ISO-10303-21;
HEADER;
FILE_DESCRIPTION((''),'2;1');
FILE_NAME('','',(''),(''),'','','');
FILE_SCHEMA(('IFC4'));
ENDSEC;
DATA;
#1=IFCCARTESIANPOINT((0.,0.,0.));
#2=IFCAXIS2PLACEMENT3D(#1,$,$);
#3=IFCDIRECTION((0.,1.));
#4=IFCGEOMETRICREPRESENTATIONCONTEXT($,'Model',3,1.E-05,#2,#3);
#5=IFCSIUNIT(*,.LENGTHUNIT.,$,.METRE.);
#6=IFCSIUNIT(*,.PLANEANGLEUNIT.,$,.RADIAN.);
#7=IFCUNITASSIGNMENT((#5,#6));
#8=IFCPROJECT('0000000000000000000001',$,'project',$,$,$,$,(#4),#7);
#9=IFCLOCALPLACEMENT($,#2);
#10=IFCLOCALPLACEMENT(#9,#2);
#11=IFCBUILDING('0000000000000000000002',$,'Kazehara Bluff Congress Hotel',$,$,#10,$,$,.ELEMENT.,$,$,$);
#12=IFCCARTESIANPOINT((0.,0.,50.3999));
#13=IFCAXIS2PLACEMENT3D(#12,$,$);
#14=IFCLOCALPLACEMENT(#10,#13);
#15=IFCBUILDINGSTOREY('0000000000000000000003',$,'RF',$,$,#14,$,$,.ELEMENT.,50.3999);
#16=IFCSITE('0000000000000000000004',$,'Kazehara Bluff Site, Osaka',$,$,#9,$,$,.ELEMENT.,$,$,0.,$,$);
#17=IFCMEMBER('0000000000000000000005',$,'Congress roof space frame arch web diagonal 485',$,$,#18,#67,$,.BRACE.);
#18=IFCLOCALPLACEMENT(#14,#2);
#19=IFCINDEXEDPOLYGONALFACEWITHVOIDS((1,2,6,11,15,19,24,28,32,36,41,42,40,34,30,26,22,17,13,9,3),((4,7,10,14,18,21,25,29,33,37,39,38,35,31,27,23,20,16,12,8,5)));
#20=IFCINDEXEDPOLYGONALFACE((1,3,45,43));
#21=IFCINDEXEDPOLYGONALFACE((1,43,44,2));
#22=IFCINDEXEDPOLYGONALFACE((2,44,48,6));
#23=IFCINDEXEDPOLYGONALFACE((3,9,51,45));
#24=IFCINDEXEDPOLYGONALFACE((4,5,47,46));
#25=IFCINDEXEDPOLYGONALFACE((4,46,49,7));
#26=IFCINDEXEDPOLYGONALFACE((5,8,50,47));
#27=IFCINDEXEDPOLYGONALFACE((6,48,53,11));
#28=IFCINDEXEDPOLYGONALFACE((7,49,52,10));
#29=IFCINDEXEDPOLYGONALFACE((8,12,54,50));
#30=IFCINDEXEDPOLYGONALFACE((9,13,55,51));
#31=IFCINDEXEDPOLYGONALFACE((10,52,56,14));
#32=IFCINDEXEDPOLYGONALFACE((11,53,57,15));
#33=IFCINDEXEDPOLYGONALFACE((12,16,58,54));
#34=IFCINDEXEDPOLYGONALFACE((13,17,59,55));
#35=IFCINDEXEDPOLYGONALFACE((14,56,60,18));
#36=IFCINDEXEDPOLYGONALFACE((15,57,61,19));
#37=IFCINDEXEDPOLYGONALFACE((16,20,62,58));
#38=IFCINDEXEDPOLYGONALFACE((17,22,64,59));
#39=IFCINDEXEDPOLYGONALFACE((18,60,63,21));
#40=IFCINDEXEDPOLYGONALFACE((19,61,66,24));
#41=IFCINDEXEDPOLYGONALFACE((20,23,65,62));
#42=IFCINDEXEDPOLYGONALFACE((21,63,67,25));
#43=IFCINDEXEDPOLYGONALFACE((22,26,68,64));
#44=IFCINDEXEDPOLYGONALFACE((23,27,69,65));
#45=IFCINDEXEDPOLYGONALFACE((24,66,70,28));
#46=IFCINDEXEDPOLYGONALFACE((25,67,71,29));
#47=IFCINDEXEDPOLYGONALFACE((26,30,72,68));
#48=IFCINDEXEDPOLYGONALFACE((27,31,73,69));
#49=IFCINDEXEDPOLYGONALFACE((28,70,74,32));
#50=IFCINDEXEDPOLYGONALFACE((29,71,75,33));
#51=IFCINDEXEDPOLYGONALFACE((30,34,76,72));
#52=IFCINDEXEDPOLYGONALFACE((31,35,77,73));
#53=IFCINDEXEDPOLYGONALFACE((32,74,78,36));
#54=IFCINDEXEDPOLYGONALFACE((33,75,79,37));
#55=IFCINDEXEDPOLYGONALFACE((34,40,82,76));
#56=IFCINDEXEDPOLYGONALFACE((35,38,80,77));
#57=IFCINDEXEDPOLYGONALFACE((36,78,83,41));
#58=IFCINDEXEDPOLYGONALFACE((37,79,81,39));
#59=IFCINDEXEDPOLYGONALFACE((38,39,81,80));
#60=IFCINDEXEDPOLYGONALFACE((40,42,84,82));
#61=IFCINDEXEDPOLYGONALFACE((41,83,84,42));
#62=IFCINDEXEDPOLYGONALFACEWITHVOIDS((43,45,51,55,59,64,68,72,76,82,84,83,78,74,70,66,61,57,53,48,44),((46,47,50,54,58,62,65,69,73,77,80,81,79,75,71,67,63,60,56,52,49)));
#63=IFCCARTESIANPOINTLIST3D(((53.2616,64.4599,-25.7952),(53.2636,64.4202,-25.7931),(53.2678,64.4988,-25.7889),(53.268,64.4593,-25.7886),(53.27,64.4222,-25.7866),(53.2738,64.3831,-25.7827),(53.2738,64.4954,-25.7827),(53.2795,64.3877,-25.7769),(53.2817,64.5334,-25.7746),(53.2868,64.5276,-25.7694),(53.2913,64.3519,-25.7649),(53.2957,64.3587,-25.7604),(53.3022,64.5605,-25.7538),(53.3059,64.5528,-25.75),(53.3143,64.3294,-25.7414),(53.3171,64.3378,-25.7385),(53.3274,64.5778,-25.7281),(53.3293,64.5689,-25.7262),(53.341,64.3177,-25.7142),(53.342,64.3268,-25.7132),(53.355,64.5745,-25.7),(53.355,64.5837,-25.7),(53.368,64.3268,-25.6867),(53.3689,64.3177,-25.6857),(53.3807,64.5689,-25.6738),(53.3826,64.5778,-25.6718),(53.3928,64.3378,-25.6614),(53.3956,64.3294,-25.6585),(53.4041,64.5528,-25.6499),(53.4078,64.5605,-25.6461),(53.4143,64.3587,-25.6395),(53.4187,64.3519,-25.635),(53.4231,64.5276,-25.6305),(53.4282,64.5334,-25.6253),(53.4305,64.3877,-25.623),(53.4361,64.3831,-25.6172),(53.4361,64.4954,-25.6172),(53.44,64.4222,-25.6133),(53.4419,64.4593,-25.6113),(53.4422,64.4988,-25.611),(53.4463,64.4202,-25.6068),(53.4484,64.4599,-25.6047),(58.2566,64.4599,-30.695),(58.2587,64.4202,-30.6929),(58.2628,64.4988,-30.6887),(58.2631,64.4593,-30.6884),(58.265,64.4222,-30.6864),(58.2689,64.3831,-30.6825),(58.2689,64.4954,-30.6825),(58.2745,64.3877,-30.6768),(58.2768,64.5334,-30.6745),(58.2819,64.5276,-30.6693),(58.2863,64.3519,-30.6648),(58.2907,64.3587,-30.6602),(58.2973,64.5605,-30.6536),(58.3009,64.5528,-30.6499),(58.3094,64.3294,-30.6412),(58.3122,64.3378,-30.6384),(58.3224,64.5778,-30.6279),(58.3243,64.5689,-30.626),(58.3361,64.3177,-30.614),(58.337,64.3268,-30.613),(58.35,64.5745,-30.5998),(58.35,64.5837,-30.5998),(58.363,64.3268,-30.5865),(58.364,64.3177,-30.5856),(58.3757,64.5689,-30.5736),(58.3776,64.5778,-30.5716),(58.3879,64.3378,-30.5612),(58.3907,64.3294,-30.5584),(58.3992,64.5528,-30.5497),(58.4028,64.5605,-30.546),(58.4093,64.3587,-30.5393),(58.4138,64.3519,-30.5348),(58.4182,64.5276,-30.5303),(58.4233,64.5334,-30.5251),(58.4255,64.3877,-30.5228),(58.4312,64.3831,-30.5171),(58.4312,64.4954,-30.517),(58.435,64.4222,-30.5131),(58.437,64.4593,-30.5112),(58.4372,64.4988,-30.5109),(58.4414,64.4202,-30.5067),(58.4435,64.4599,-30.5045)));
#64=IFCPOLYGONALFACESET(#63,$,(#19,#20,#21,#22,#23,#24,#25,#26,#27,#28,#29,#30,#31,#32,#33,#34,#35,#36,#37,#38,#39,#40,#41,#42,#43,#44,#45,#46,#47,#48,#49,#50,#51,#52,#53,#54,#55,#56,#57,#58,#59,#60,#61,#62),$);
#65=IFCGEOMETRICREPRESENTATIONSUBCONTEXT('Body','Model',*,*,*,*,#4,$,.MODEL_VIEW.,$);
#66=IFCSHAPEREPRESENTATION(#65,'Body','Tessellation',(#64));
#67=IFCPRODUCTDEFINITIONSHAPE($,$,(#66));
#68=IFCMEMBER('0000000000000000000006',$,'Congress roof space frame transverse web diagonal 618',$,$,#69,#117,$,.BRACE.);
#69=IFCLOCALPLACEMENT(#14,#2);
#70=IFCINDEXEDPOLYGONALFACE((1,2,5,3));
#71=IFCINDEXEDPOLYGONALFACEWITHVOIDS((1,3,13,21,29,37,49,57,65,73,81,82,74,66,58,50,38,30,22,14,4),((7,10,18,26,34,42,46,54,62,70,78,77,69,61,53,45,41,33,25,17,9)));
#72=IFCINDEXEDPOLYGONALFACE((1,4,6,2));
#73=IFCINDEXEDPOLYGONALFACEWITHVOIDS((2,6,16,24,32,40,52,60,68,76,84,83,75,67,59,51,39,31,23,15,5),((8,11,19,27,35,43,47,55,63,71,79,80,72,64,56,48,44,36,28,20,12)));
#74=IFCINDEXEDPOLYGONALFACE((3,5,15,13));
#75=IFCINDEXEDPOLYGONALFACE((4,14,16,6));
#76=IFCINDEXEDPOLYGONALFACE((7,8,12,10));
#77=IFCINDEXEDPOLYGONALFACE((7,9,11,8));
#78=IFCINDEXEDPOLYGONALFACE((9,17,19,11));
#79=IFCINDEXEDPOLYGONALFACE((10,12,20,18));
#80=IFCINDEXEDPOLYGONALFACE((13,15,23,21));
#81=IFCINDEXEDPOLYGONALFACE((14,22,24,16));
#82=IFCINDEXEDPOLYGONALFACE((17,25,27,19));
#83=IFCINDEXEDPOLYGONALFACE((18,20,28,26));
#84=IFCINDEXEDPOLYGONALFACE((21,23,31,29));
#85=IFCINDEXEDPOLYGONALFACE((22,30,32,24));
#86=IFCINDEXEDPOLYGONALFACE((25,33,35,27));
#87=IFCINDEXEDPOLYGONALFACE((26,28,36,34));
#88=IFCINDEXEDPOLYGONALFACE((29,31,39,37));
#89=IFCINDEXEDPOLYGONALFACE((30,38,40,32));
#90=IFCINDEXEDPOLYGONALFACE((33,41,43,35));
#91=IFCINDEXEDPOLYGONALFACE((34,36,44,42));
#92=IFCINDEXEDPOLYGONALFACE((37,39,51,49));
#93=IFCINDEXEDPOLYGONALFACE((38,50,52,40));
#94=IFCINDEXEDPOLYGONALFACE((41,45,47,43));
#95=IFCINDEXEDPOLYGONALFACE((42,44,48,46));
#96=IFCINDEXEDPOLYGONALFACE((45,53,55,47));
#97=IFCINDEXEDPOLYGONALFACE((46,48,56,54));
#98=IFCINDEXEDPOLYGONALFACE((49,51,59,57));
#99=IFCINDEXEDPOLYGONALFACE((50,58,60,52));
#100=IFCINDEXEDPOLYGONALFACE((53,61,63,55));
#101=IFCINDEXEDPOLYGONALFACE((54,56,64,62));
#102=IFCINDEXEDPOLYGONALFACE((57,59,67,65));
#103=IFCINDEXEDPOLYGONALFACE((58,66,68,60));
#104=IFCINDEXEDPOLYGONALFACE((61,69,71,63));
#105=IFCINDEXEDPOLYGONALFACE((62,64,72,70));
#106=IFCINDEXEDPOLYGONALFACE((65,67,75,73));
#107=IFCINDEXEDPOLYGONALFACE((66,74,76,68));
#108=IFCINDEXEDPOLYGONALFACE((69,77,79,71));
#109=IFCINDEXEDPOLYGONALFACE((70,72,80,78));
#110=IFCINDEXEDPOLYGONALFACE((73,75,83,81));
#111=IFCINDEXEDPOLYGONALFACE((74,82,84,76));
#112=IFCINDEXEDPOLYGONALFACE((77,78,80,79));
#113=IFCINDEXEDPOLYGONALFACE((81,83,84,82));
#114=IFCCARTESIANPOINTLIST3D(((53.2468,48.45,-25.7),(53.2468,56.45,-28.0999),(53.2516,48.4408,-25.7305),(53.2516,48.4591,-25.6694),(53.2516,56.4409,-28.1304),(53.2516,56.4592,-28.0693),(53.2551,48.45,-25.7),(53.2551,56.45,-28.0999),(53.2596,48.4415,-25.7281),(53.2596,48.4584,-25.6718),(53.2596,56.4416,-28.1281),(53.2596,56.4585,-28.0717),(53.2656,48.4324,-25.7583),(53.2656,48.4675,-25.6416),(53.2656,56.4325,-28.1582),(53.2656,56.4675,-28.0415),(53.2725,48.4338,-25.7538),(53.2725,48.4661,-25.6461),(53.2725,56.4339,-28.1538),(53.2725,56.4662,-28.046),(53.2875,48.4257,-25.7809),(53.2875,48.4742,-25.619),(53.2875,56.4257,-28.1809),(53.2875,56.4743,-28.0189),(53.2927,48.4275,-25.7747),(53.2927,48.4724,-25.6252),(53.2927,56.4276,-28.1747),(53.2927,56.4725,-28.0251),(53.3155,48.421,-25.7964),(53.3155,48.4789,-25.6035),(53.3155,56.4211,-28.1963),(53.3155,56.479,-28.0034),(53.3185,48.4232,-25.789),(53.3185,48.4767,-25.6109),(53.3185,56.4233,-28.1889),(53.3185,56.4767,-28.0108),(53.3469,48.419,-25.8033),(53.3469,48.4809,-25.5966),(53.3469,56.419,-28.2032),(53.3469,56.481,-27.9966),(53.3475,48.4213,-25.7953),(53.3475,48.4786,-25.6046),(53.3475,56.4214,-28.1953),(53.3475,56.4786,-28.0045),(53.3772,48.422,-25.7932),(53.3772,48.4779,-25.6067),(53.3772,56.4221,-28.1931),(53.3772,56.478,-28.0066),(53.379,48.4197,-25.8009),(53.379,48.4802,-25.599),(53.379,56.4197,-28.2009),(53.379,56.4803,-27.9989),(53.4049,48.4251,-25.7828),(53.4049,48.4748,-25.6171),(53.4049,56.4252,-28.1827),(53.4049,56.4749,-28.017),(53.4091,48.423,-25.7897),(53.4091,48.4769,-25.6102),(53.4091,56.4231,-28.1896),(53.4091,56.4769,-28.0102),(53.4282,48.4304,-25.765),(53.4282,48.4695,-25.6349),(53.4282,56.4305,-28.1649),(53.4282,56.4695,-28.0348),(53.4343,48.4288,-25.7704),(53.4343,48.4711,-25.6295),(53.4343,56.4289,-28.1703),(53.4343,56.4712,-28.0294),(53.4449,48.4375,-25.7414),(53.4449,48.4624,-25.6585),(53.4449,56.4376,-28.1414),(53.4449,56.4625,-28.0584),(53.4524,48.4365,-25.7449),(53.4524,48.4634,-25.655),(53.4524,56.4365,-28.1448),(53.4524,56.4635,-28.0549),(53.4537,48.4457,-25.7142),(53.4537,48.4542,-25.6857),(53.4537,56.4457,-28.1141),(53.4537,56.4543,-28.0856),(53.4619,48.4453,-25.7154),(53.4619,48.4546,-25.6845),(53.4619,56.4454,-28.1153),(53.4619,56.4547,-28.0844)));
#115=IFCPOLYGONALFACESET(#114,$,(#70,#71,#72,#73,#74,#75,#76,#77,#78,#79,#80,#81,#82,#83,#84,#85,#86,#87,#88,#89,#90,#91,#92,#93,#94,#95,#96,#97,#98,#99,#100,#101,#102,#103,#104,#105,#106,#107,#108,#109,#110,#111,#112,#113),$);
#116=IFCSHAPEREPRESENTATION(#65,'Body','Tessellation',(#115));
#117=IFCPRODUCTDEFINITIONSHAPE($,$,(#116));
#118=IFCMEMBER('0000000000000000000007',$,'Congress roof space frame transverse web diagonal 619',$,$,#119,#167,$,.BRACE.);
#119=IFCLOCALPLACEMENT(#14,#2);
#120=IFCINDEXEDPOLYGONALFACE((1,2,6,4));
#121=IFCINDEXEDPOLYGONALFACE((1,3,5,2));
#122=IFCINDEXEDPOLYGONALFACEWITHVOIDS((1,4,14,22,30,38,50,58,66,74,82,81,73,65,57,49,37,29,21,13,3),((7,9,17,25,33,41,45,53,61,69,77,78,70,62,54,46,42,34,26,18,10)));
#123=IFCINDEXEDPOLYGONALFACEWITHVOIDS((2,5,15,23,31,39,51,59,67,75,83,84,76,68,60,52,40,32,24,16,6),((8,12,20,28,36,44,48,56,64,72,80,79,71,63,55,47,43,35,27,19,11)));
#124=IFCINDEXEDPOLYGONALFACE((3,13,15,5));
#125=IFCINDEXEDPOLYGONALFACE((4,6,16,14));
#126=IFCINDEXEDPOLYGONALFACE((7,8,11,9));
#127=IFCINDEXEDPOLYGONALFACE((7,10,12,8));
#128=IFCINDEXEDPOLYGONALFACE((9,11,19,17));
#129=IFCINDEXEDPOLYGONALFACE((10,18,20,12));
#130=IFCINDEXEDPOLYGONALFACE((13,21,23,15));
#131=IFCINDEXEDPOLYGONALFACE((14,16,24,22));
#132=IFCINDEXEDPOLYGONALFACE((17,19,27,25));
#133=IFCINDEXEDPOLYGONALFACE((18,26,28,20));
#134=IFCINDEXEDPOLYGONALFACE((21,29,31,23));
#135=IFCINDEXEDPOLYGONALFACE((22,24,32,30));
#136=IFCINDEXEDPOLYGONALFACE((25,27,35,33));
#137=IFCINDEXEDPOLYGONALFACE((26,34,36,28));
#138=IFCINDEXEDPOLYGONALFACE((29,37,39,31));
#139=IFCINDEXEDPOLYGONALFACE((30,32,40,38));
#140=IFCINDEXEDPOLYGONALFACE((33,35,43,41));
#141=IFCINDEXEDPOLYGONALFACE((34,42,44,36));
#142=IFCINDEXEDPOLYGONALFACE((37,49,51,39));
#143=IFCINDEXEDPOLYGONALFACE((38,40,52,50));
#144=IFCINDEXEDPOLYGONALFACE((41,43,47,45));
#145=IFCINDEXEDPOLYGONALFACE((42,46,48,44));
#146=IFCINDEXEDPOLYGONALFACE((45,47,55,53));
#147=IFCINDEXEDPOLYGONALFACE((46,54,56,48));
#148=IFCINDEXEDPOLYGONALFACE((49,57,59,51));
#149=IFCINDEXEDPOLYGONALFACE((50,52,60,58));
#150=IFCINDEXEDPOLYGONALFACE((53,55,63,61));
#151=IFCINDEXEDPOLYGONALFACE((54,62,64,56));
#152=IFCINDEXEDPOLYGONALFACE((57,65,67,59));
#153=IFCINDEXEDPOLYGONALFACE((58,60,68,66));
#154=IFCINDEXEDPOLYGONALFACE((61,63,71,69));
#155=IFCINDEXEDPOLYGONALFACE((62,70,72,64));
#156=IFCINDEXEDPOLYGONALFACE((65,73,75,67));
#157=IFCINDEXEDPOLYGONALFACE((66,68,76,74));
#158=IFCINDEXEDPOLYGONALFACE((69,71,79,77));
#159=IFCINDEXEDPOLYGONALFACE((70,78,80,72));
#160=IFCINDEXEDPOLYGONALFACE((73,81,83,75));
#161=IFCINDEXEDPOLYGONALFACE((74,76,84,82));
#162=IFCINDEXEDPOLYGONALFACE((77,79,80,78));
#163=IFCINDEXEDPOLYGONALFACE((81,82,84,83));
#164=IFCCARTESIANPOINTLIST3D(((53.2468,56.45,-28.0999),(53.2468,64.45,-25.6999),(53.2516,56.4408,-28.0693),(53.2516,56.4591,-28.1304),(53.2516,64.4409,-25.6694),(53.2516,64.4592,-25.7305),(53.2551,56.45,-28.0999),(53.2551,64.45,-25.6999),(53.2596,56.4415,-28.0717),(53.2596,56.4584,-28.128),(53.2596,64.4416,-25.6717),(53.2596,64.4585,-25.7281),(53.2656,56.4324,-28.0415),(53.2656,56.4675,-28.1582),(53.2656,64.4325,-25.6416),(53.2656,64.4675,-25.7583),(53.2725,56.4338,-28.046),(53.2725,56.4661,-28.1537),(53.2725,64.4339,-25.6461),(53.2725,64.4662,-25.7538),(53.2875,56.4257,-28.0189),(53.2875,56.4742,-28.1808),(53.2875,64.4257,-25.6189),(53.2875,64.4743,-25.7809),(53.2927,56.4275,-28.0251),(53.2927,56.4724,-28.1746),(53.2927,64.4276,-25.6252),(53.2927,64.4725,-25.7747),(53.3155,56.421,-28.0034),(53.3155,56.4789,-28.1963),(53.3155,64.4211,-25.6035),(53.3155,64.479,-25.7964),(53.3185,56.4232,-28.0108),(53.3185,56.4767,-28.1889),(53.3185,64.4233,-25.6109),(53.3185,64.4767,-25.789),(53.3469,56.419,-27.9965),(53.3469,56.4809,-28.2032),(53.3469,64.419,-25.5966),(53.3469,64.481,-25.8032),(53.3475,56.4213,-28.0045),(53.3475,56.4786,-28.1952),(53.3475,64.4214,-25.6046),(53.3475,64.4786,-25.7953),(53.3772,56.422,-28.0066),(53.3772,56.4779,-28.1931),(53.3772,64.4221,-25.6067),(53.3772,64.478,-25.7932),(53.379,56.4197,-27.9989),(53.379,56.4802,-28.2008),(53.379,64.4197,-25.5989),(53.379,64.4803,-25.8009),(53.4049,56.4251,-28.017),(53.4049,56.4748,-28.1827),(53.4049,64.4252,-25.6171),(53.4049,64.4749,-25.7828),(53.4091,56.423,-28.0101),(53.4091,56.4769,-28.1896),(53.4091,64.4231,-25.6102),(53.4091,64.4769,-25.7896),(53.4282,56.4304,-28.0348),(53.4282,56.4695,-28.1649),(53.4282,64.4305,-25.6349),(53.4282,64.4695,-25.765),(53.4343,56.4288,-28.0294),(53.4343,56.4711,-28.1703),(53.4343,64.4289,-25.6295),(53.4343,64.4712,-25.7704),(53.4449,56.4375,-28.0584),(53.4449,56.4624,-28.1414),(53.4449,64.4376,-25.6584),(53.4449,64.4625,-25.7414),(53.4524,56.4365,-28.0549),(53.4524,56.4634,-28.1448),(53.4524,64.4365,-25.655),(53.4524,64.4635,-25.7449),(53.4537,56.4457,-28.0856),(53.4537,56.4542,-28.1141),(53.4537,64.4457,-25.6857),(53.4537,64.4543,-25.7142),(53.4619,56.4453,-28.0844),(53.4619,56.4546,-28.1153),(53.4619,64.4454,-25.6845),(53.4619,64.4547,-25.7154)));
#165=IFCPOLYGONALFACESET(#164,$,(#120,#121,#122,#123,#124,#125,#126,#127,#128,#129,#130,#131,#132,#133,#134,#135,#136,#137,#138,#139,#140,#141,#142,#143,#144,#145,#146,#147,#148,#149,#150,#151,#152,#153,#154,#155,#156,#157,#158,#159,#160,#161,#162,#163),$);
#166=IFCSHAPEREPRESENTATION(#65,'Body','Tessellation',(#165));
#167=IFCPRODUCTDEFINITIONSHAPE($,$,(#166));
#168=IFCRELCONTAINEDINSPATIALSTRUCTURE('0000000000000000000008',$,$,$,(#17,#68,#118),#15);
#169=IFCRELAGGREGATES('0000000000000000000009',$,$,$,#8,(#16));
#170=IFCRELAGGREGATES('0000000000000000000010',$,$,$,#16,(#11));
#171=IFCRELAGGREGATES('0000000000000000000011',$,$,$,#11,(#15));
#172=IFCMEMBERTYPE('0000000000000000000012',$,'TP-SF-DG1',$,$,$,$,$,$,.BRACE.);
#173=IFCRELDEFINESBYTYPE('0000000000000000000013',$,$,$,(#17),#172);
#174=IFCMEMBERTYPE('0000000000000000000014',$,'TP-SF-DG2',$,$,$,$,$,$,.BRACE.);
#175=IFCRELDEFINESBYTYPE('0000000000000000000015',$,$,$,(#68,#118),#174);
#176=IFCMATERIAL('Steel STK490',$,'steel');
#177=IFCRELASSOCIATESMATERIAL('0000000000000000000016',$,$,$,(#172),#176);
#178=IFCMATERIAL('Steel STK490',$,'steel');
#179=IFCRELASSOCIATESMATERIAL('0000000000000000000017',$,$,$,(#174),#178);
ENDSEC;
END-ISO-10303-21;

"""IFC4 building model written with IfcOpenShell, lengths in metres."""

from ifc_helpers import new_model, si_unit, direction, frame, origin, origin_2d, place, context, subcontext, project, spatial, hollow_circle, extrude, material, material_profile, profile_set, type_object, element, save


model = new_model("IFC4")

# Units and contexts
model_context = context("Model", 3, precision=1e-05, world=origin(), true_north=direction((0.0, 1.0)))
body_context = subcontext(model_context, "Body", "Model", "MODEL_VIEW")
ifc_project = project(units=[si_unit("LENGTHUNIT", "METRE"), si_unit("PLANEANGLEUNIT", "RADIAN")], contexts=[model_context])

# Site, building, storey
site_placement = place(None, origin())
site = spatial("IfcSite", under=ifc_project, at=site_placement, Name="Kazehara Bluff Site, Osaka", CompositionType="ELEMENT", RefElevation=0.0)
building_placement = place(site_placement, origin())
building = spatial("IfcBuilding", under=site, at=building_placement, Name="Kazehara Bluff Congress Hotel", CompositionType="ELEMENT")
storey_placement = place(building_placement, frame((0.0, 0.0, 50.3999)))
storey = spatial("IfcBuildingStorey", under=building, at=storey_placement, Name="RF", CompositionType="ELEMENT", Elevation=50.3999)

# Members
ifc_material_1 = material(Name="Steel STK490", Category="steel")
ifc_material_profile_1 = material_profile(ifc_material_1, hollow_circle(Radius=0.1338, WallThickness=0.0093, at=origin_2d()))
ifc_profile_set_1 = profile_set([ifc_material_profile_1], Name="Steel STK490")
member_type_1 = type_object("IfcMemberType", Name="TP-SF-DG1", PredefinedType="BRACE", material=ifc_profile_set_1)
for number, where, z_axis, x_axis, name in (
    (1, (53.355, 64.45, -25.7), (0.713878, 0.0, -0.70027), (0.0, 1.0, 0.0), "Congress roof space frame arch web diagonal 485"),
):
    element("IfcMember", number, at=place(storey_placement, frame(where, z_axis=z_axis, x_axis=x_axis)), inside=storey, type_object=member_type_1, Name=name, PredefinedType="BRACE", context=body_context, shape_type="SweptSolid", body=[
        extrude(hollow_circle(Radius=0.1338, WallThickness=0.0093, at=origin_2d()), origin(), (0.0, 0.0, 1.0), 6.9971),
    ])
ifc_material_2 = material(Name="Steel STK490", Category="steel")
ifc_material_profile_2 = material_profile(ifc_material_2, hollow_circle(Radius=0.1082, WallThickness=0.0083, at=origin_2d()))
ifc_profile_set_2 = profile_set([ifc_material_profile_2], Name="Steel STK490")
member_type_2 = type_object("IfcMemberType", Name="TP-SF-DG2", PredefinedType="BRACE", material=ifc_profile_set_2)
for number, where, z_axis, x_axis, name in (
    (2, (53.355, 48.45, -25.7), (0.0, 0.95783, -0.287337), (-1.0, 0.0, 0.0), "Congress roof space frame transverse web diagonal 618"),
    (3, (53.355, 56.45, -28.0999), (0.0, 0.95783, 0.287337), (-1.0, 0.0, 0.0), "Congress roof space frame transverse web diagonal 619"),
):
    element("IfcMember", number, at=place(storey_placement, frame(where, z_axis=z_axis, x_axis=x_axis)), inside=storey, type_object=member_type_2, Name=name, PredefinedType="BRACE", context=body_context, shape_type="SweptSolid", body=[
        extrude(hollow_circle(Radius=0.1082, WallThickness=0.0083, at=origin_2d()), origin(), (0.0, 0.0, 1.0), 8.3523),
    ])

save(model, "model.ifc")
